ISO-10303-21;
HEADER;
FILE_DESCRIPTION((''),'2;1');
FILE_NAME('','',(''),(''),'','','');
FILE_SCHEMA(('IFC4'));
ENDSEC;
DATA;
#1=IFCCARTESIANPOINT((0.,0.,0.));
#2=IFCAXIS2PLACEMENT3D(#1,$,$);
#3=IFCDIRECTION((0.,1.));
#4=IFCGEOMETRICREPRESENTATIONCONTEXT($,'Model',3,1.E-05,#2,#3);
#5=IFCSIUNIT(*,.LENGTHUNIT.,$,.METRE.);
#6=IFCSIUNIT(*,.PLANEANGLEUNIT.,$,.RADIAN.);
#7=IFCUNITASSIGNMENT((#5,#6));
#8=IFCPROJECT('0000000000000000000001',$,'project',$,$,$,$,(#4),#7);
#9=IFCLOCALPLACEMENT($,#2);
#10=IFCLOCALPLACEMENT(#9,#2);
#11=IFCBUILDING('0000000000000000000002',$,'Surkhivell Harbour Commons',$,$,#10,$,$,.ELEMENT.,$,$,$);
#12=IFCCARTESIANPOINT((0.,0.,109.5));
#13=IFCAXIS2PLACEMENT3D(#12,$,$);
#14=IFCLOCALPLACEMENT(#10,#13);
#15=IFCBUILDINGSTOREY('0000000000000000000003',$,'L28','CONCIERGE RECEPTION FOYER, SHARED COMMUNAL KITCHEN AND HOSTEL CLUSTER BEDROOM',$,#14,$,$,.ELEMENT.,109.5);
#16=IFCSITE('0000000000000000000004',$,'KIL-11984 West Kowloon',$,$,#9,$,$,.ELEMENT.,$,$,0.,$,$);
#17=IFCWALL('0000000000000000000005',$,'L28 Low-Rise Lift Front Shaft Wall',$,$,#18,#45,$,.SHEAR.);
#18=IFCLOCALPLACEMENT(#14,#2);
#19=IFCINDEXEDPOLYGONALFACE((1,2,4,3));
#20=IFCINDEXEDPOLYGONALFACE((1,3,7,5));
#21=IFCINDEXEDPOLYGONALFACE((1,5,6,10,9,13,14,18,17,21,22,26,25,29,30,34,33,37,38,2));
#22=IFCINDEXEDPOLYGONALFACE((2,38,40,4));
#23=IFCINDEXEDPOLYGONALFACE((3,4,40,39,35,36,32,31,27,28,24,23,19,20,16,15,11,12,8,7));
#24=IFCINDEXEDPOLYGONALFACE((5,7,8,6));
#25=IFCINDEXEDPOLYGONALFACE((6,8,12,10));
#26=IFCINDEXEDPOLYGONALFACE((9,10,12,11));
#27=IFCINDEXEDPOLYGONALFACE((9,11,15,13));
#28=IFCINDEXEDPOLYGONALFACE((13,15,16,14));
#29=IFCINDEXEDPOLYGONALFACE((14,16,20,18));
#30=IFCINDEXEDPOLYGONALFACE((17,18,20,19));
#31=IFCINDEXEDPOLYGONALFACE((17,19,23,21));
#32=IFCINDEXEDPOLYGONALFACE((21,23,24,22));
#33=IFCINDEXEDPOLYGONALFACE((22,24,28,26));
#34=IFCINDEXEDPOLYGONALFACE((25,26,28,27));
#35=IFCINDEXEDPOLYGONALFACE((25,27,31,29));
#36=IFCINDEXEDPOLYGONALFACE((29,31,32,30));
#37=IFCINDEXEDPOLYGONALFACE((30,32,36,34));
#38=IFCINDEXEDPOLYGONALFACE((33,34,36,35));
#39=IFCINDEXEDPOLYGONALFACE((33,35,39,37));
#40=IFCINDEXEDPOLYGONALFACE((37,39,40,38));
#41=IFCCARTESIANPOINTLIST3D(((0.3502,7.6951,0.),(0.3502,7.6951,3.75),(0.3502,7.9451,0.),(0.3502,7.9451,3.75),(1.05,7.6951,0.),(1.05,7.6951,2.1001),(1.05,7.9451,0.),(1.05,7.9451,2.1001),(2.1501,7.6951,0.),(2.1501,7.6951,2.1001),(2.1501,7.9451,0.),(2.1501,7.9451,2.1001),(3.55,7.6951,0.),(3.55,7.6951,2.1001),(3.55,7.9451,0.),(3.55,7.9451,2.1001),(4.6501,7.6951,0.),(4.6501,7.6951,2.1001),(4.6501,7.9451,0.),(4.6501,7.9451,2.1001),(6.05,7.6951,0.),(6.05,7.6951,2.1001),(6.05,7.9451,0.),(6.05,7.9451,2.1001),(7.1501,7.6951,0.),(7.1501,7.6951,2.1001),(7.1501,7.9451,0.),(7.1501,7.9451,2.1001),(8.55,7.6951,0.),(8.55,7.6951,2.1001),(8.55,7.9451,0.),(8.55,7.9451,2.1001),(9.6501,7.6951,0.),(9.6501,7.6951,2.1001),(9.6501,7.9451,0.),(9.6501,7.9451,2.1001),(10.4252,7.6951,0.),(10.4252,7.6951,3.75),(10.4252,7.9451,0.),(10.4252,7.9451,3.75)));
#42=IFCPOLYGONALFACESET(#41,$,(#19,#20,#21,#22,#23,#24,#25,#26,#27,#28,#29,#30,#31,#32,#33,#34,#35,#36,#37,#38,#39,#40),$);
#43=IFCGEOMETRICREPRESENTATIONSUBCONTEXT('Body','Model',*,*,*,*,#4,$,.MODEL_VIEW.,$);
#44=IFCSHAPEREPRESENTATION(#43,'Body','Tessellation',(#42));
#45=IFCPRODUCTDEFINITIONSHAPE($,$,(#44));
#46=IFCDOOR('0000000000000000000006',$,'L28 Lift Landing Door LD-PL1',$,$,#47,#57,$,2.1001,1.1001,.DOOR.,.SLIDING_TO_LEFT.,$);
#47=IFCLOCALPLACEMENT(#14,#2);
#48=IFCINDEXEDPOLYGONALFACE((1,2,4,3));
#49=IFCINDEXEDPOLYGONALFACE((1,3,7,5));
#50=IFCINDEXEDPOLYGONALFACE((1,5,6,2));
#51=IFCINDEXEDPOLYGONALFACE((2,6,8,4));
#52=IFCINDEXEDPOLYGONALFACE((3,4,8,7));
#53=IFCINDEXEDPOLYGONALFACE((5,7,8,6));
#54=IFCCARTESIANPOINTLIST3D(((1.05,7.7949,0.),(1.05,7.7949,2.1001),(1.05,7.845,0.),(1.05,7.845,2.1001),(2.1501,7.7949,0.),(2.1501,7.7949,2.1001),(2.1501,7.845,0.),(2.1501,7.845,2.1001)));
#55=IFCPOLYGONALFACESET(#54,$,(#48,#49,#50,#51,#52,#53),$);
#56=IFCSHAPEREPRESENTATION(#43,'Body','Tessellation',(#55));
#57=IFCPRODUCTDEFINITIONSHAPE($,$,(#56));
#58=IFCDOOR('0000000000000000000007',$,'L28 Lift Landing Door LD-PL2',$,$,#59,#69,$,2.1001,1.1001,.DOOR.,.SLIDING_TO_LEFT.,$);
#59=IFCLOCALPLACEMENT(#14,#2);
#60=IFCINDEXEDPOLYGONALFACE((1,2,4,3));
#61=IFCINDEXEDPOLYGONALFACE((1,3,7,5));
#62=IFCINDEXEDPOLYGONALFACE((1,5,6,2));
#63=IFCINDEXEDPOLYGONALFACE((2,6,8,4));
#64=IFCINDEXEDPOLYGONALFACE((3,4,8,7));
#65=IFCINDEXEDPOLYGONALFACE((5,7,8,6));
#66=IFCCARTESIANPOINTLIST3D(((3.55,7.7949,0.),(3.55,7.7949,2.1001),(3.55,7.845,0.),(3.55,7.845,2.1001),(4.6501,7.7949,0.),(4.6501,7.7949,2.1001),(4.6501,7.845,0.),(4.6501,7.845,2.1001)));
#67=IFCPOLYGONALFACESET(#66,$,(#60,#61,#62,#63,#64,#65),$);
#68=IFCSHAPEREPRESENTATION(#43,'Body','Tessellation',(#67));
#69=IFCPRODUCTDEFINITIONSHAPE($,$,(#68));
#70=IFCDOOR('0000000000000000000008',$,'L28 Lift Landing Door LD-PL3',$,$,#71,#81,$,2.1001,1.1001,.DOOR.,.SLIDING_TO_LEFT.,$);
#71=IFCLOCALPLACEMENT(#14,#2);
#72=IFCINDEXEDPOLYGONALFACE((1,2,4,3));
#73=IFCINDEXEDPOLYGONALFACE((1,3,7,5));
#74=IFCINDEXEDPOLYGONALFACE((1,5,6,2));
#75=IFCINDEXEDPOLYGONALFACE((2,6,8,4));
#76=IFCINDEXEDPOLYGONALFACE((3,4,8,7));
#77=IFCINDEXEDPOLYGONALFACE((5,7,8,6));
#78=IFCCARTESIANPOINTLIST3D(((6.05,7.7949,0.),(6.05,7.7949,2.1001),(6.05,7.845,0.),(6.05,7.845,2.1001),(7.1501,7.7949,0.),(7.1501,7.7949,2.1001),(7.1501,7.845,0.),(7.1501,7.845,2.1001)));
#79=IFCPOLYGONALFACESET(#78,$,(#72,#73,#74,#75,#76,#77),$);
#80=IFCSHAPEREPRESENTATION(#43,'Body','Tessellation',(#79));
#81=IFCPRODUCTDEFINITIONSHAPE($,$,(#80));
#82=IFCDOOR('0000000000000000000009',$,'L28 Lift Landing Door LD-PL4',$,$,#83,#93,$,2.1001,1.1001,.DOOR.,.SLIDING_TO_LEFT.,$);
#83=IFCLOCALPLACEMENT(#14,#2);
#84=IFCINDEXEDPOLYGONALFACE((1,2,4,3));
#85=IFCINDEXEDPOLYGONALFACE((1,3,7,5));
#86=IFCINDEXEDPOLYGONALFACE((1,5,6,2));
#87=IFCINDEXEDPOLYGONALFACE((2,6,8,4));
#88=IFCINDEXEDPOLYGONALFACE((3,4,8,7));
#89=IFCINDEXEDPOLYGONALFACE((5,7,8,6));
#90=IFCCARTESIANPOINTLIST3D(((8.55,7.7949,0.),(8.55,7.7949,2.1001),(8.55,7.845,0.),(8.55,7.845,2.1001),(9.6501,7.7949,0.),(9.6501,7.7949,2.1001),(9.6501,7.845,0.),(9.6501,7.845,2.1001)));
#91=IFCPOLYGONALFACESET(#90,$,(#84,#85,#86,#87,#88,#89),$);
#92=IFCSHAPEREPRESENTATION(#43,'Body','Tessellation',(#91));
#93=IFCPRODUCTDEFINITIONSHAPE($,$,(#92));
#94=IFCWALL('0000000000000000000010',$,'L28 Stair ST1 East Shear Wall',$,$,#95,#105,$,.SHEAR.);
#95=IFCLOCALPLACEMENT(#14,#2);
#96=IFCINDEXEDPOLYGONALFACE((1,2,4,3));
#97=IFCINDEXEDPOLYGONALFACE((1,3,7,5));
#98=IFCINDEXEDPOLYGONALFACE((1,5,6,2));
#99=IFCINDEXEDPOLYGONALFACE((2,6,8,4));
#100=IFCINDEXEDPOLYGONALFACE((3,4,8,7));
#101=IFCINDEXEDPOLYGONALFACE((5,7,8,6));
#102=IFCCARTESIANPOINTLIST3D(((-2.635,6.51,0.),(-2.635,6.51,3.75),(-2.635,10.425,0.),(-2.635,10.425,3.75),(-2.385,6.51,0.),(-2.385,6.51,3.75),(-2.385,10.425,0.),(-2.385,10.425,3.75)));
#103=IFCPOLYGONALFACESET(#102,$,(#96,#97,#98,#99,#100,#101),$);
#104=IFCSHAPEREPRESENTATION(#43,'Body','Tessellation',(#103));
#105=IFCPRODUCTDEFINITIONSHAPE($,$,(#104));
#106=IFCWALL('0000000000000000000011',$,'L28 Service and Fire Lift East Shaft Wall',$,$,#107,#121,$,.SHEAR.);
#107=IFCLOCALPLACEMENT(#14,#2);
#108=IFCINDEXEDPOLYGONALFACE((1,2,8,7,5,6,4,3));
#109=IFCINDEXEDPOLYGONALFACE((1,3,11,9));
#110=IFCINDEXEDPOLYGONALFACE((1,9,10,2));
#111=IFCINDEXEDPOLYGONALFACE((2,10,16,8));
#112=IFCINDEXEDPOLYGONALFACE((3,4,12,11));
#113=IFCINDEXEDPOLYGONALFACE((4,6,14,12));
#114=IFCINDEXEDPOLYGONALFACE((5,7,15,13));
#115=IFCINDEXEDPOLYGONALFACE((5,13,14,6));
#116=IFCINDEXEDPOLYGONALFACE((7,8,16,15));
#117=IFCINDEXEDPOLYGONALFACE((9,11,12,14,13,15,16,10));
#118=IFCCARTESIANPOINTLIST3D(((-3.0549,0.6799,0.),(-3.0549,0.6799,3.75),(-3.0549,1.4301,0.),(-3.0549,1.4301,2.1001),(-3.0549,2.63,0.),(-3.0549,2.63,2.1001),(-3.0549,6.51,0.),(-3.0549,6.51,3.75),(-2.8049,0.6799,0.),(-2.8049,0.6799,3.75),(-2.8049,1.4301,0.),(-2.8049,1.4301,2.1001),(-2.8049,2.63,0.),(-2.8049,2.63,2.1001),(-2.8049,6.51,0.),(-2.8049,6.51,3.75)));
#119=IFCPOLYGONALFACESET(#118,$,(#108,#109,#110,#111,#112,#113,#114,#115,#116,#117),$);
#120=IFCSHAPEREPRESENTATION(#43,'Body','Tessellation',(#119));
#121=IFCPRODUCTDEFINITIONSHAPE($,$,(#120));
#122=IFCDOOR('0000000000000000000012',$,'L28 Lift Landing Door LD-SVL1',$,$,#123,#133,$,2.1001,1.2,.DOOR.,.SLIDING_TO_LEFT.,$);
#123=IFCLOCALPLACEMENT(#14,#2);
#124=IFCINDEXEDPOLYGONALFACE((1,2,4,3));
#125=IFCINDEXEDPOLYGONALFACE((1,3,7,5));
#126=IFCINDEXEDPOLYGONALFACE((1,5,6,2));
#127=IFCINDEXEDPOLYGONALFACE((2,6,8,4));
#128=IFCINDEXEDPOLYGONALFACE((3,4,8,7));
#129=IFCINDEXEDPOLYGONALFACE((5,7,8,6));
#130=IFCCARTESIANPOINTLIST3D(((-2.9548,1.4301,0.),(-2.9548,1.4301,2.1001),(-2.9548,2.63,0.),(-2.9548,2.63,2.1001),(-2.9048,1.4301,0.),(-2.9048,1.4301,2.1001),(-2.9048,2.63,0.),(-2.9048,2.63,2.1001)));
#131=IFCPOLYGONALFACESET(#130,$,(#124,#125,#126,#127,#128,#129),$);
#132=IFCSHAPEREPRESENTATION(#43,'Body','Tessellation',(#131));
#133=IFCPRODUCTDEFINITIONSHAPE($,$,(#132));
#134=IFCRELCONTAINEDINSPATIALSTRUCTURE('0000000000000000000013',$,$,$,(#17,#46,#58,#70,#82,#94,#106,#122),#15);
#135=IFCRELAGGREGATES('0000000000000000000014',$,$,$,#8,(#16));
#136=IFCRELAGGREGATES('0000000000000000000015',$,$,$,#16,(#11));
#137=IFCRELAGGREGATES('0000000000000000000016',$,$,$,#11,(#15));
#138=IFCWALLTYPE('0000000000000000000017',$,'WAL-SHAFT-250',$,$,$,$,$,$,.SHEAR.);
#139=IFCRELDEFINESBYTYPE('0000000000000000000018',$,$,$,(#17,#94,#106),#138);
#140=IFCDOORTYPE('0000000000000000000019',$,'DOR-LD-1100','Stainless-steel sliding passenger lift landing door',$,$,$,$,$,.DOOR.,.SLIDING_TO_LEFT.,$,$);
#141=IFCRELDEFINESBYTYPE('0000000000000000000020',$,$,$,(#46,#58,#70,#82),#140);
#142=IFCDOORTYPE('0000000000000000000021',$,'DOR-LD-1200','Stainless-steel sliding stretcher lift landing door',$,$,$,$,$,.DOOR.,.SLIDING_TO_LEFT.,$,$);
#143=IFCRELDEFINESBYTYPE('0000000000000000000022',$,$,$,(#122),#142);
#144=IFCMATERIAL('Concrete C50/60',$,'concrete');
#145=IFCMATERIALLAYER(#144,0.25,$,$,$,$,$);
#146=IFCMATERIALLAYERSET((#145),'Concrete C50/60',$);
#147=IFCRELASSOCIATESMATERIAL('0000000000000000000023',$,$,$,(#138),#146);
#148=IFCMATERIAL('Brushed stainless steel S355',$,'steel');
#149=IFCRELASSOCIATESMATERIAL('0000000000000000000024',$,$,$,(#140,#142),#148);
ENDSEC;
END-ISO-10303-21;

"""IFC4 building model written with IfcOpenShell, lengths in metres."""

from ifc_helpers import new_model, si_unit, direction, frame, frame_2d, origin, place, context, subcontext, project, spatial, rectangle, extrude, material, layer, layer_set, type_object, element, fill, save


model = new_model("IFC4")

# Units and contexts
model_context = context("Model", 3, precision=1e-05, world=origin(), true_north=direction((0.0, 1.0)))
body_context = subcontext(model_context, "Body", "Model", "MODEL_VIEW")
ifc_project = project(units=[si_unit("LENGTHUNIT", "METRE"), si_unit("PLANEANGLEUNIT", "RADIAN")], contexts=[model_context])

# Site, building, storey
site_placement = place(None, origin())
site = spatial("IfcSite", under=ifc_project, at=site_placement, Name="KIL-11984 West Kowloon", CompositionType="ELEMENT", RefElevation=0.0)
building_placement = place(site_placement, origin())
building = spatial("IfcBuilding", under=site, at=building_placement, Name="Surkhivell Harbour Commons", CompositionType="ELEMENT")
storey_placement = place(building_placement, frame((0.0, 0.0, 109.5)))
storey = spatial("IfcBuildingStorey", under=building, at=storey_placement, Name="L28", Description="CONCIERGE RECEPTION FOYER, SHARED COMMUNAL KITCHEN AND HOSTEL CLUSTER BEDROOM", CompositionType="ELEMENT", Elevation=109.5)

# Shared definitions
ifc_material_1 = material(Name="Concrete C50/60", Category="concrete")
ifc_layer_1 = layer(ifc_material_1, 0.25)
ifc_layer_set_1 = layer_set([ifc_layer_1], Name="Concrete C50/60")
wall_type_1 = type_object("IfcWallType", Name="WAL-SHAFT-250", PredefinedType="SHEAR", material=ifc_layer_set_1)

# Wall, openings, doors
wall_1_placement = place(storey_placement, frame((0.3501, 7.8201, 0.0), z_axis=(0.0, 0.0, 1.0), x_axis=(1.0, 0.0, 0.0)))
wall_1 = element("IfcWall", 1, at=wall_1_placement, inside=storey, type_object=wall_type_1, Name="L28 Low-Rise Lift Front Shaft Wall", PredefinedType="SHEAR", context=body_context, shape_type="SweptSolid", body=[
    extrude(rectangle(XDim=10.075, YDim=0.25, at=frame_2d((5.0376, 0.0))), origin(), (0.0, 0.0, 1.0), 3.75),
])
opening_1_placement = place(wall_1_placement, frame((0.7, 0.0, 0.0)))
opening_1 = element("IfcOpeningElement", 2, at=opening_1_placement, cuts=wall_1, PredefinedType="OPENING", context=body_context, shape_type="SweptSolid", body=[
    extrude(rectangle(XDim=1.1001, YDim=2.1001, at=frame_2d((0.55, 1.05))), frame((0.0, 0.135, 0.0), z_axis=(0.0, -1.0, 0.0), x_axis=(1.0, 0.0, 0.0)), (0.0, 0.0, 1.0), 0.27),
])
opening_2_placement = place(wall_1_placement, frame((3.2, 0.0, 0.0)))
opening_2 = element("IfcOpeningElement", 3, at=opening_2_placement, cuts=wall_1, PredefinedType="OPENING", context=body_context, shape_type="SweptSolid", body=[
    extrude(rectangle(XDim=1.1001, YDim=2.1001, at=frame_2d((0.55, 1.05))), frame((0.0, 0.135, 0.0), z_axis=(0.0, -1.0, 0.0), x_axis=(1.0, 0.0, 0.0)), (0.0, 0.0, 1.0), 0.27),
])
opening_3_placement = place(wall_1_placement, frame((5.7, 0.0, 0.0)))
opening_3 = element("IfcOpeningElement", 4, at=opening_3_placement, cuts=wall_1, PredefinedType="OPENING", context=body_context, shape_type="SweptSolid", body=[
    extrude(rectangle(XDim=1.1001, YDim=2.1001, at=frame_2d((0.55, 1.05))), frame((0.0, 0.135, 0.0), z_axis=(0.0, -1.0, 0.0), x_axis=(1.0, 0.0, 0.0)), (0.0, 0.0, 1.0), 0.27),
])
opening_4_placement = place(wall_1_placement, frame((8.2, 0.0, 0.0)))
opening_4 = element("IfcOpeningElement", 5, at=opening_4_placement, cuts=wall_1, PredefinedType="OPENING", context=body_context, shape_type="SweptSolid", body=[
    extrude(rectangle(XDim=1.1001, YDim=2.1001, at=frame_2d((0.55, 1.05))), frame((0.0, 0.135, 0.0), z_axis=(0.0, -1.0, 0.0), x_axis=(1.0, 0.0, 0.0)), (0.0, 0.0, 1.0), 0.27),
])
ifc_material_2 = material(Name="Brushed stainless steel S355", Category="steel")
door_type_1 = type_object("IfcDoorType", Name="DOR-LD-1100", Description="Stainless-steel sliding passenger lift landing door", OperationType="SLIDING_TO_LEFT", PredefinedType="DOOR", material=ifc_material_2)
door_1_placement = place(opening_1_placement, origin())
door_1 = element("IfcDoor", 6, at=door_1_placement, inside=storey, type_object=door_type_1, Name="L28 Lift Landing Door LD-PL1", OperationType="SLIDING_TO_LEFT", OverallHeight=2.1001, OverallWidth=1.1001, PredefinedType="DOOR", context=body_context, shape_type="SweptSolid", body=[
    extrude(rectangle(XDim=1.1001, YDim=2.1001, at=frame_2d((0.55, 1.05))), frame((0.0, 0.0249, 0.0), z_axis=(0.0, -1.0, 0.0), x_axis=(1.0, 0.0, 0.0)), (0.0, 0.0, 1.0), 0.05),
])
fill(opening_1, door_1)
door_2_placement = place(opening_2_placement, origin())
door_2 = element("IfcDoor", 7, at=door_2_placement, inside=storey, type_object=door_type_1, Name="L28 Lift Landing Door LD-PL2", OperationType="SLIDING_TO_LEFT", OverallHeight=2.1001, OverallWidth=1.1001, PredefinedType="DOOR", context=body_context, shape_type="SweptSolid", body=[
    extrude(rectangle(XDim=1.1001, YDim=2.1001, at=frame_2d((0.55, 1.05))), frame((0.0, 0.0249, 0.0), z_axis=(0.0, -1.0, 0.0), x_axis=(1.0, 0.0, 0.0)), (0.0, 0.0, 1.0), 0.05),
])
fill(opening_2, door_2)
door_3_placement = place(opening_3_placement, origin())
door_3 = element("IfcDoor", 8, at=door_3_placement, inside=storey, type_object=door_type_1, Name="L28 Lift Landing Door LD-PL3", OperationType="SLIDING_TO_LEFT", OverallHeight=2.1001, OverallWidth=1.1001, PredefinedType="DOOR", context=body_context, shape_type="SweptSolid", body=[
    extrude(rectangle(XDim=1.1001, YDim=2.1001, at=frame_2d((0.55, 1.05))), frame((0.0, 0.0249, 0.0), z_axis=(0.0, -1.0, 0.0), x_axis=(1.0, 0.0, 0.0)), (0.0, 0.0, 1.0), 0.05),
])
fill(opening_3, door_3)
door_4_placement = place(opening_4_placement, origin())
door_4 = element("IfcDoor", 9, at=door_4_placement, inside=storey, type_object=door_type_1, Name="L28 Lift Landing Door LD-PL4", OperationType="SLIDING_TO_LEFT", OverallHeight=2.1001, OverallWidth=1.1001, PredefinedType="DOOR", context=body_context, shape_type="SweptSolid", body=[
    extrude(rectangle(XDim=1.1001, YDim=2.1001, at=frame_2d((0.55, 1.05))), frame((0.0, 0.0249, 0.0), z_axis=(0.0, -1.0, 0.0), x_axis=(1.0, 0.0, 0.0)), (0.0, 0.0, 1.0), 0.05),
])
fill(opening_4, door_4)

# Wall
wall_2_placement = place(storey_placement, frame((-2.51, 6.51, 0.0), z_axis=(0.0, 0.0, 1.0), x_axis=(0.0, 1.0, 0.0)))
element("IfcWall", 10, at=wall_2_placement, inside=storey, type_object=wall_type_1, Name="L28 Stair ST1 East Shear Wall", PredefinedType="SHEAR", context=body_context, shape_type="SweptSolid", body=[
    extrude(rectangle(XDim=3.915, YDim=0.25, at=frame_2d((1.9575, 0.0))), origin(), (0.0, 0.0, 1.0), 3.75),
])

# Wall, opening, door
wall_3_placement = place(storey_placement, frame((-2.9299, 0.6799, 0.0), z_axis=(0.0, 0.0, 1.0), x_axis=(0.0, 1.0, 0.0)))
wall_3 = element("IfcWall", 11, at=wall_3_placement, inside=storey, type_object=wall_type_1, Name="L28 Service and Fire Lift East Shaft Wall", PredefinedType="SHEAR", context=body_context, shape_type="SweptSolid", body=[
    extrude(rectangle(XDim=5.8301, YDim=0.25, at=frame_2d((2.915, 0.0))), origin(), (0.0, 0.0, 1.0), 3.75),
])
opening_5_placement = place(wall_3_placement, frame((0.75, 0.0, 0.0)))
opening_5 = element("IfcOpeningElement", 12, at=opening_5_placement, cuts=wall_3, PredefinedType="OPENING", context=body_context, shape_type="SweptSolid", body=[
    extrude(rectangle(XDim=1.2, YDim=2.1001, at=frame_2d((0.6001, 1.05))), frame((0.0, 0.135, 0.0), z_axis=(0.0, -1.0, 0.0), x_axis=(1.0, 0.0, 0.0)), (0.0, 0.0, 1.0), 0.27),
])
door_type_2 = type_object("IfcDoorType", Name="DOR-LD-1200", Description="Stainless-steel sliding stretcher lift landing door", OperationType="SLIDING_TO_LEFT", PredefinedType="DOOR", material=ifc_material_2)
door_5_placement = place(opening_5_placement, origin())
door_5 = element("IfcDoor", 13, at=door_5_placement, inside=storey, type_object=door_type_2, Name="L28 Lift Landing Door LD-SVL1", OperationType="SLIDING_TO_LEFT", OverallHeight=2.1001, OverallWidth=1.2, PredefinedType="DOOR", context=body_context, shape_type="SweptSolid", body=[
    extrude(rectangle(XDim=1.2, YDim=2.1001, at=frame_2d((0.6001, 1.05))), frame((0.0, 0.0249, 0.0), z_axis=(0.0, -1.0, 0.0), x_axis=(1.0, 0.0, 0.0)), (0.0, 0.0, 1.0), 0.05),
])
fill(opening_5, door_5)

save(model, "model.ifc")
